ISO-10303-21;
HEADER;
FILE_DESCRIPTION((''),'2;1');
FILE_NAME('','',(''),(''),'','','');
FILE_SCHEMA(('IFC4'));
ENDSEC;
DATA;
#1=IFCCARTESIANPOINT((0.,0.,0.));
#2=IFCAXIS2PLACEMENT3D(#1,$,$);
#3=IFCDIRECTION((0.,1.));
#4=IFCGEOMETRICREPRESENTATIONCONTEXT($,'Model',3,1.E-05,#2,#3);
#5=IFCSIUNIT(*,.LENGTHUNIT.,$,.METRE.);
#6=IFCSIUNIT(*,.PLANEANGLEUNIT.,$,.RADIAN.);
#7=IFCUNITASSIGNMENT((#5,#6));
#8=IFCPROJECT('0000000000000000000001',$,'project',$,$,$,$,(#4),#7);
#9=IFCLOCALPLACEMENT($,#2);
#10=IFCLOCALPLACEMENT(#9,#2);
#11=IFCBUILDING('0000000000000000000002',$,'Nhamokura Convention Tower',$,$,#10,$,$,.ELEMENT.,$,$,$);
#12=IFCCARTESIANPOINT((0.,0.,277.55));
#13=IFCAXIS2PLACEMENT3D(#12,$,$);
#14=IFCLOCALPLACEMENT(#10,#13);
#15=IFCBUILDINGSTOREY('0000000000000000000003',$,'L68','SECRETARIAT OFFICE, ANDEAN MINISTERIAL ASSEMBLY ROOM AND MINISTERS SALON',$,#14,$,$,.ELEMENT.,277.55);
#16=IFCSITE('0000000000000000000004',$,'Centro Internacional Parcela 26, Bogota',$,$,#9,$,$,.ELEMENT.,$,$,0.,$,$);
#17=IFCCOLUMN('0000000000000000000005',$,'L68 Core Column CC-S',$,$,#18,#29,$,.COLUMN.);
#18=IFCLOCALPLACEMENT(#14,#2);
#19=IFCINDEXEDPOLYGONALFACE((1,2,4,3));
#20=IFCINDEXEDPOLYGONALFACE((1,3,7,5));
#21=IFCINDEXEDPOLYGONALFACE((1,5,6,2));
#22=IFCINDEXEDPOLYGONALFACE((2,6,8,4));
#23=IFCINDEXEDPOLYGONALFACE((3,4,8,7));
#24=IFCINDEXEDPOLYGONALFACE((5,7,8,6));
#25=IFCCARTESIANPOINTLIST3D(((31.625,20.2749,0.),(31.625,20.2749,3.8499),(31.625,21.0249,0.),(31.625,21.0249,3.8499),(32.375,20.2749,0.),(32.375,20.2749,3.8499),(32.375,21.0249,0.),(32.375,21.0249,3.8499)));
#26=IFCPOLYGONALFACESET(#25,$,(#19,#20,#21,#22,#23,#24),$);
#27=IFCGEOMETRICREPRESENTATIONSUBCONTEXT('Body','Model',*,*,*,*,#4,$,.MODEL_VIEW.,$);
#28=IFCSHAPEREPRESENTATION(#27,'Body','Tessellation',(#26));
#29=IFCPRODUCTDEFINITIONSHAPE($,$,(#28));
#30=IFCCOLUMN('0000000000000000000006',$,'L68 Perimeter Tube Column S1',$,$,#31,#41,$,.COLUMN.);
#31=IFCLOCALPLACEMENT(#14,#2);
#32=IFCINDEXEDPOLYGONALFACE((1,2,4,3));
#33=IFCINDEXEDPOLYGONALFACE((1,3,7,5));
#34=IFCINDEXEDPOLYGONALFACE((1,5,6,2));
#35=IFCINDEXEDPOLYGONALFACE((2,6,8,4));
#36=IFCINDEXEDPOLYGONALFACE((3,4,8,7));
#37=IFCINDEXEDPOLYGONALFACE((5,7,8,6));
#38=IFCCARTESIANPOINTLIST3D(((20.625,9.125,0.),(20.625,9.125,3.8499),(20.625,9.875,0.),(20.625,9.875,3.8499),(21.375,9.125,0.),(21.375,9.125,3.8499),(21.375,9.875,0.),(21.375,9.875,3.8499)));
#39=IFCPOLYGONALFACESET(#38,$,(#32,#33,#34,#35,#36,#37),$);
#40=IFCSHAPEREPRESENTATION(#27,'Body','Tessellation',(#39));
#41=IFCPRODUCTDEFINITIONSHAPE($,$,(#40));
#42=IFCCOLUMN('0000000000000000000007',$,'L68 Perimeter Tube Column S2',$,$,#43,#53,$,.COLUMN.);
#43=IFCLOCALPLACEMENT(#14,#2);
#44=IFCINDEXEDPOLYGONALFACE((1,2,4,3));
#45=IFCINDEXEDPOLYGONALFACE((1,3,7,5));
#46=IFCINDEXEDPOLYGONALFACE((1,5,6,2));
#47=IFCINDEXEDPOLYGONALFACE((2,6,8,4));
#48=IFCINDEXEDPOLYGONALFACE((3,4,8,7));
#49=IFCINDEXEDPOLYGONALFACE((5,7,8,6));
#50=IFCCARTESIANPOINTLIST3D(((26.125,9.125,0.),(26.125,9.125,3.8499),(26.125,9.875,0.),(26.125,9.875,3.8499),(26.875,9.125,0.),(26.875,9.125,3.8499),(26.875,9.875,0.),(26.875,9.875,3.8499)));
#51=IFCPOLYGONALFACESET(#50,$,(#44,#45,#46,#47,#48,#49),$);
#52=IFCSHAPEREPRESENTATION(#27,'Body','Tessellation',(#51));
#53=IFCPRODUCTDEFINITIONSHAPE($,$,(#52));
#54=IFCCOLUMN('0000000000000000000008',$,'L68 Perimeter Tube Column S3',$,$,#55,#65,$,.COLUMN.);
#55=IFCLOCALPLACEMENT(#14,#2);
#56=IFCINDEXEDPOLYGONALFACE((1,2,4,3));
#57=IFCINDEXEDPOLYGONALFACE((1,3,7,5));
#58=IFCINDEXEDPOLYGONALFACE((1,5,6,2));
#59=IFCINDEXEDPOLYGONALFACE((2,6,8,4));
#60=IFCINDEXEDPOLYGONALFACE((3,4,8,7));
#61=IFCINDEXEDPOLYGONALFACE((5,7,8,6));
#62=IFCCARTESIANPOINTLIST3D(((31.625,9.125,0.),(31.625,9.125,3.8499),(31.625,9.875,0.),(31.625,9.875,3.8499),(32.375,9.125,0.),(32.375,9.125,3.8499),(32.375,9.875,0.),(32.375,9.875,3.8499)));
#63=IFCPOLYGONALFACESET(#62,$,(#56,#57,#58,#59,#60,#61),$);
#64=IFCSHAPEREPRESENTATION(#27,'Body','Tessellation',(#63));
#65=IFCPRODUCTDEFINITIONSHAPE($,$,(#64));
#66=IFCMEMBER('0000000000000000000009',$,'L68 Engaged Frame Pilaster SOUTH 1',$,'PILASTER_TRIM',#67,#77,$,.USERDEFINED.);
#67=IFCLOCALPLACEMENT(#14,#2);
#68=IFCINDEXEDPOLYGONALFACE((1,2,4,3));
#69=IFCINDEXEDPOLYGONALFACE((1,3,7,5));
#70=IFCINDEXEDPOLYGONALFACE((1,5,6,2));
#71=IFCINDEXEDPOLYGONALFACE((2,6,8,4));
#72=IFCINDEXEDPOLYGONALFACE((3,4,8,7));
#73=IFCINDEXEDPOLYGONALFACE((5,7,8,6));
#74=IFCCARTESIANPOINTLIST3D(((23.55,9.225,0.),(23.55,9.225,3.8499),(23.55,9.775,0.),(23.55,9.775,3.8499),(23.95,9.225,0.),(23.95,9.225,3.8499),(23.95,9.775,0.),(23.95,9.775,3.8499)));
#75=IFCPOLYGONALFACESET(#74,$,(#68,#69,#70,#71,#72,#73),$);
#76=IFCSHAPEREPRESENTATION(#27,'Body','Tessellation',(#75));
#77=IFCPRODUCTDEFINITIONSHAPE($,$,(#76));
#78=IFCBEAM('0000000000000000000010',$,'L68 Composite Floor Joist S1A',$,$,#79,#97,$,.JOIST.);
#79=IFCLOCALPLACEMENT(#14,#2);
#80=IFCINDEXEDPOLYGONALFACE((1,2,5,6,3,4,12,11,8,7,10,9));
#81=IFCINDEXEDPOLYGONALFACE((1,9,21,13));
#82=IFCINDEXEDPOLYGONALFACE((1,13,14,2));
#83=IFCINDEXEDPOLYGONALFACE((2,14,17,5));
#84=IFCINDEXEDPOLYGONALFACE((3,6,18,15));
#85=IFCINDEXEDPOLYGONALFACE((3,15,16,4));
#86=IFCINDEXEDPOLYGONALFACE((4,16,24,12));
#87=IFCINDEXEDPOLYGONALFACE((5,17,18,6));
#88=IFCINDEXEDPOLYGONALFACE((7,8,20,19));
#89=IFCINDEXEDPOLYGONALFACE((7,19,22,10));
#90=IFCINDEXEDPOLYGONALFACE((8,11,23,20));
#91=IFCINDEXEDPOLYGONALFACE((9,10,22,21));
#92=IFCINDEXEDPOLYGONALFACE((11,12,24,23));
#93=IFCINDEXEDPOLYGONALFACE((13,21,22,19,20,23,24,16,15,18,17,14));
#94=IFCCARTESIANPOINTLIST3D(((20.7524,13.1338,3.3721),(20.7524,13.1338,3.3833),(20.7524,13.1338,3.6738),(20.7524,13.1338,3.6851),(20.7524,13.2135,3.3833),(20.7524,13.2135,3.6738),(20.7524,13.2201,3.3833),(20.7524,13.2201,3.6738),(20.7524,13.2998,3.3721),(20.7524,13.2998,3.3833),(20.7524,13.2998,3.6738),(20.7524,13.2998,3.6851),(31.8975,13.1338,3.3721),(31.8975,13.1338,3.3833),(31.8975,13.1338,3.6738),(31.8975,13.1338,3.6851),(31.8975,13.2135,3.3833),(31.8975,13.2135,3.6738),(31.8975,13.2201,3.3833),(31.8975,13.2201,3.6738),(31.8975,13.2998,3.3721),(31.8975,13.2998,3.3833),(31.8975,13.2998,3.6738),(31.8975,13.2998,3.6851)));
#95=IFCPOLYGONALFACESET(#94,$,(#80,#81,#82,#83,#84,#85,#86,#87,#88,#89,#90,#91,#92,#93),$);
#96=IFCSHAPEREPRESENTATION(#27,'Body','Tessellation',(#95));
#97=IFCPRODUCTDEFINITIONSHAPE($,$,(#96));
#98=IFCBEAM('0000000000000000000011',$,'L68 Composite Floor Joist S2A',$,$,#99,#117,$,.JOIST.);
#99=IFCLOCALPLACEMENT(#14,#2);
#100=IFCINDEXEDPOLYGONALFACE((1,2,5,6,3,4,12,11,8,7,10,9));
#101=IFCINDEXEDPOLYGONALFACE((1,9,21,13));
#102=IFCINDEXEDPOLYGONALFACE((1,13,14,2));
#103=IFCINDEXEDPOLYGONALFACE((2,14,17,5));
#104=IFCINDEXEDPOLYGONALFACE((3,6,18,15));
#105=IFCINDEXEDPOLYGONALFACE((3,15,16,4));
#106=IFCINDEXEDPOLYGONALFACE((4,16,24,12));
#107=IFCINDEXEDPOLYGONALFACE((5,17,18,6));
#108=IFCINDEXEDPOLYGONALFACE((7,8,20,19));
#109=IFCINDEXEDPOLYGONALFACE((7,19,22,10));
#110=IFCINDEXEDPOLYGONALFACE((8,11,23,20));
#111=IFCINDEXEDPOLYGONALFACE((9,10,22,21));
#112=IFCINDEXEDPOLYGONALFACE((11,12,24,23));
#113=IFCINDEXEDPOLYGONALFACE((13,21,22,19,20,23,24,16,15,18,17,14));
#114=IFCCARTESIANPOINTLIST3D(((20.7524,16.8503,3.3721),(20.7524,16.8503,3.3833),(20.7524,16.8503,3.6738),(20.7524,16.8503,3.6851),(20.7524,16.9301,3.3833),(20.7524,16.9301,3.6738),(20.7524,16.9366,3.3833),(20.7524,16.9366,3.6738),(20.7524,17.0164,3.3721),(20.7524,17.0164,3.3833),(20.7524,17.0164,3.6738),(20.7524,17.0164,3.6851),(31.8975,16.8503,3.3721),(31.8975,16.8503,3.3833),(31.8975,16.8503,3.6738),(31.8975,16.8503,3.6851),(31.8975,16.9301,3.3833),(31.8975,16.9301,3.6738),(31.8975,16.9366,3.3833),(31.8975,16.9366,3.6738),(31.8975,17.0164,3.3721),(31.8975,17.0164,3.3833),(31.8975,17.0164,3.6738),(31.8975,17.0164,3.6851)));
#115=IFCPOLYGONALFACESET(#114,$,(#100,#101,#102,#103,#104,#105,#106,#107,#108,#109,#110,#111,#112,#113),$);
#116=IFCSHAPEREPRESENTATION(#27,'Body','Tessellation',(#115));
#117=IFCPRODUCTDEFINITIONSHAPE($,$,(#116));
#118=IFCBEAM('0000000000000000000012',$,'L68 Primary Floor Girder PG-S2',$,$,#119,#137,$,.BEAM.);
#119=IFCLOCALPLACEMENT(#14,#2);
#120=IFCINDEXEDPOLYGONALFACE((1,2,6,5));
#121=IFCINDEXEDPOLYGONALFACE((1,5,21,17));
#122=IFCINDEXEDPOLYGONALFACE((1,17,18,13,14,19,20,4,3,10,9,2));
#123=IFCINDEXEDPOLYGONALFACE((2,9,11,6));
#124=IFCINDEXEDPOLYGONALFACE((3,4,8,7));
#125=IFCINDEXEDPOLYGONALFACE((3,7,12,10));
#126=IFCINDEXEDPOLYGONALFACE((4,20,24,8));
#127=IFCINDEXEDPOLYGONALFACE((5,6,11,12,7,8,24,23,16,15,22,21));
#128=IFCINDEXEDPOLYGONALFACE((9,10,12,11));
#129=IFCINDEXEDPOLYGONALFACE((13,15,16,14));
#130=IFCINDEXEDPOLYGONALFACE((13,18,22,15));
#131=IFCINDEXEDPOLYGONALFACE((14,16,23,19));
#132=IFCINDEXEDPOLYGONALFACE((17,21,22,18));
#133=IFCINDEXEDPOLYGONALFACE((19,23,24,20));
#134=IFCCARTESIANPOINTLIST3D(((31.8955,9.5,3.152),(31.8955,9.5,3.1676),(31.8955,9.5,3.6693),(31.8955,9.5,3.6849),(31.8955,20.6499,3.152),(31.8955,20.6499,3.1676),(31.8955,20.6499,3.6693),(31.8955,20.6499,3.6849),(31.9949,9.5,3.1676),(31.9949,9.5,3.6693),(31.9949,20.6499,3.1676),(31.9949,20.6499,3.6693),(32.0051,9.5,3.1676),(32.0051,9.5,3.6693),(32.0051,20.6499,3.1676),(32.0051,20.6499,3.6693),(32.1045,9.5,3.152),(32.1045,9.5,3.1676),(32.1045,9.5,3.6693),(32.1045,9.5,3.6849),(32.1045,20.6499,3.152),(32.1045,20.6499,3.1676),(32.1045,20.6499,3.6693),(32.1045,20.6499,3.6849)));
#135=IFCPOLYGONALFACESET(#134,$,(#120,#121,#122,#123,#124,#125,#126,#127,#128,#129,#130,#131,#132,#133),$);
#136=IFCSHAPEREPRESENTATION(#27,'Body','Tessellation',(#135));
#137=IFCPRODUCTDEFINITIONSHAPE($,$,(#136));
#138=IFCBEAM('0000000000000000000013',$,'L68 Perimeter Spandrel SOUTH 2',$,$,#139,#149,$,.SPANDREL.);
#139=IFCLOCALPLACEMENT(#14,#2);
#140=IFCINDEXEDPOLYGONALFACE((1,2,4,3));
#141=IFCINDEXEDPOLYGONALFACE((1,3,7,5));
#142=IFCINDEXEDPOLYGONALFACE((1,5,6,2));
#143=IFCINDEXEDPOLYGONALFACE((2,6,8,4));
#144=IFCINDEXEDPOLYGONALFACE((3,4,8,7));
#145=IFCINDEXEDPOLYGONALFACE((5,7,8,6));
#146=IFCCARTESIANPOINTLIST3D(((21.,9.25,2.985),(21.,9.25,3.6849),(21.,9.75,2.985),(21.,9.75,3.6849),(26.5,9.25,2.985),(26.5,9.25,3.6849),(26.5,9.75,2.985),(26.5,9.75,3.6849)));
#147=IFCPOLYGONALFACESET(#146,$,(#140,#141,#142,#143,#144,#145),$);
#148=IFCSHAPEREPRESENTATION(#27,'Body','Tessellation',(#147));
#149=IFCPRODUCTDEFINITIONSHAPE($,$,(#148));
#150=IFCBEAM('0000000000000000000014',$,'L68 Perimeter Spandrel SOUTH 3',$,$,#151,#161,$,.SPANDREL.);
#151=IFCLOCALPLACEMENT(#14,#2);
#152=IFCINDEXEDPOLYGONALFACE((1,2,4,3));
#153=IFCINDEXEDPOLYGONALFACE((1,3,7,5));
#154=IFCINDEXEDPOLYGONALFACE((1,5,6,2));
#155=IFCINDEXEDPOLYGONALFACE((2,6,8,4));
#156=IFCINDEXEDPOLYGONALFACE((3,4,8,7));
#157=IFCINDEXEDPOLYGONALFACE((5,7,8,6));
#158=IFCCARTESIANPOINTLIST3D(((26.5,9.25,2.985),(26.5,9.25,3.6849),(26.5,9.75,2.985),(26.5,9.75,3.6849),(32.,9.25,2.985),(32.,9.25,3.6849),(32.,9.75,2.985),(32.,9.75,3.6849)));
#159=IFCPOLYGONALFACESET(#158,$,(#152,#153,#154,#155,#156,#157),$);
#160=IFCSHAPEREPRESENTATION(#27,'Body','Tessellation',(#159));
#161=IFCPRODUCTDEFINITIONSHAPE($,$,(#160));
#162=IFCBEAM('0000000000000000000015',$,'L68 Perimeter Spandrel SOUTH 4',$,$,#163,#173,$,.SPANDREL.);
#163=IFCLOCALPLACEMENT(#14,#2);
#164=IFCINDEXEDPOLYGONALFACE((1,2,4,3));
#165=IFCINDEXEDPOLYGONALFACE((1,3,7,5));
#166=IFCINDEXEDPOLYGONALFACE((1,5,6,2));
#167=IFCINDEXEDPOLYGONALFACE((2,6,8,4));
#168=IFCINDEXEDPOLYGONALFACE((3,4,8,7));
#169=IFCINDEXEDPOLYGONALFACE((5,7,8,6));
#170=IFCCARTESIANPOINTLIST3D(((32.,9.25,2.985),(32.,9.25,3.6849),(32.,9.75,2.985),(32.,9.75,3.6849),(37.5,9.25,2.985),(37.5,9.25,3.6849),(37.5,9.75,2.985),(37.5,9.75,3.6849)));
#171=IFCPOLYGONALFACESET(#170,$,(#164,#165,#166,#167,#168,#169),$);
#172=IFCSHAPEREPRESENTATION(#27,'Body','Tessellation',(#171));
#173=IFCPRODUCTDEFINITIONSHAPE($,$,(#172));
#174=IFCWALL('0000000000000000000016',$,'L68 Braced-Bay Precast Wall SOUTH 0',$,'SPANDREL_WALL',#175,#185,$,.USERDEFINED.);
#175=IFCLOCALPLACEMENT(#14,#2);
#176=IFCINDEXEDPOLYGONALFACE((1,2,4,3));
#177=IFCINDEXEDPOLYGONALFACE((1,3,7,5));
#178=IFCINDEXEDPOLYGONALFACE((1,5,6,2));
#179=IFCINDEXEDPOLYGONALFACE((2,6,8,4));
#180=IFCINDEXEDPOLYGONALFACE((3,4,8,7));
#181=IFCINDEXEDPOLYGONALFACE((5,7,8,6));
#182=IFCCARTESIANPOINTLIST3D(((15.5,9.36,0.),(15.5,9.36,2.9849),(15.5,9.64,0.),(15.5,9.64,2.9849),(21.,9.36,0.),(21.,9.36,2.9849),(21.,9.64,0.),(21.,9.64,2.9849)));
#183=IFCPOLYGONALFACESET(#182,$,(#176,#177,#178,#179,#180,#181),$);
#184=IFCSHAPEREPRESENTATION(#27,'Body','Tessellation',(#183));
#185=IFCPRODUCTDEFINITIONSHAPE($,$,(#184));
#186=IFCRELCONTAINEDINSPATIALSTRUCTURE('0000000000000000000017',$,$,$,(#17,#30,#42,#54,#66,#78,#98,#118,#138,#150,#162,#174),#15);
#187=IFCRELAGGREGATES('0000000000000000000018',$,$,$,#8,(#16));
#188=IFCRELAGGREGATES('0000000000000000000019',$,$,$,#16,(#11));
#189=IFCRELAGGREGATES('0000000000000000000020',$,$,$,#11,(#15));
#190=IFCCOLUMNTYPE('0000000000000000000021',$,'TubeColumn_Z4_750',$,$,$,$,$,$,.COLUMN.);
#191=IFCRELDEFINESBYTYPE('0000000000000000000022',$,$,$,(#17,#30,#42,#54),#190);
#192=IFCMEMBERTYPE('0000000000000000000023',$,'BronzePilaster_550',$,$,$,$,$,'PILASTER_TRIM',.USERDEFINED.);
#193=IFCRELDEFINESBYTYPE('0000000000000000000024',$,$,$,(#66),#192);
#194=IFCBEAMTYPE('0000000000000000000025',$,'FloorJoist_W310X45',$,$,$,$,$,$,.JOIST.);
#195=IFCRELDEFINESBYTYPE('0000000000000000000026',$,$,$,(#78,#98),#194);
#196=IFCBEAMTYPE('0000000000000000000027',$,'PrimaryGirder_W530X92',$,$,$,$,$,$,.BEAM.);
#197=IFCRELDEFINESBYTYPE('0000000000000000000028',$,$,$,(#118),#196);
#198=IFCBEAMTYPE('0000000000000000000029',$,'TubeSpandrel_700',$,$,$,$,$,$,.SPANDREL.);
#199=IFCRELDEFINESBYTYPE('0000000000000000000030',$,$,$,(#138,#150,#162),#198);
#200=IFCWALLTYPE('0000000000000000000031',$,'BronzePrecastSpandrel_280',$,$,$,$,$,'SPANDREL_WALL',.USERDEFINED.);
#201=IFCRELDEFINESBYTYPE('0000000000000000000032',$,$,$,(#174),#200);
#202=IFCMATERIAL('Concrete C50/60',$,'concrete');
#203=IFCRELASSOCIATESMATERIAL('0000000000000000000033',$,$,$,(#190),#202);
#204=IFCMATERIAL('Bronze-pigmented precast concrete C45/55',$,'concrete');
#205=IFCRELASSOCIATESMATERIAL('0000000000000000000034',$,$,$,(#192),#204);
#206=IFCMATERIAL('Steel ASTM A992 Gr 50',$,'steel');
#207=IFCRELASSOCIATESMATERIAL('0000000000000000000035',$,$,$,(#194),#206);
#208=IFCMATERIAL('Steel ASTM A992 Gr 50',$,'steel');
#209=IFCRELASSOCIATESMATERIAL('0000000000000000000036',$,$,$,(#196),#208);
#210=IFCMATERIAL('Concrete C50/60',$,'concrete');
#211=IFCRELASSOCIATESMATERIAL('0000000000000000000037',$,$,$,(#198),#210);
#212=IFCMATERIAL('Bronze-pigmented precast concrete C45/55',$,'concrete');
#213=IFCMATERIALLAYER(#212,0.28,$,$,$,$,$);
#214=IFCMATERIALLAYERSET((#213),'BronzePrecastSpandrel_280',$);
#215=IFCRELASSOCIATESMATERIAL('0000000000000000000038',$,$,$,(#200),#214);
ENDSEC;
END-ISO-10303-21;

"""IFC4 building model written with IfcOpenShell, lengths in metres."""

from ifc_helpers import new_model, si_unit, direction, frame, frame_2d, origin, origin_2d, place, context, subcontext, project, spatial, rectangle, i_section, extrude, material, layer, layer_set, material_profile, profile_set, type_object, element, save


model = new_model("IFC4")

# Units and contexts
model_context = context("Model", 3, precision=1e-05, world=origin(), true_north=direction((0.0, 1.0)))
body_context = subcontext(model_context, "Body", "Model", "MODEL_VIEW")
ifc_project = project(units=[si_unit("LENGTHUNIT", "METRE"), si_unit("PLANEANGLEUNIT", "RADIAN")], contexts=[model_context])

# Site, building, storey
site_placement = place(None, origin())
site = spatial("IfcSite", under=ifc_project, at=site_placement, Name="Centro Internacional Parcela 26, Bogota", CompositionType="ELEMENT", RefElevation=0.0)
building_placement = place(site_placement, origin())
building = spatial("IfcBuilding", under=site, at=building_placement, Name="Nhamokura Convention Tower", CompositionType="ELEMENT")
storey_placement = place(building_placement, frame((0.0, 0.0, 277.55)))
storey = spatial("IfcBuildingStorey", under=building, at=storey_placement, Name="L68", Description="SECRETARIAT OFFICE, ANDEAN MINISTERIAL ASSEMBLY ROOM AND MINISTERS SALON", CompositionType="ELEMENT", Elevation=277.55)

# Columns
ifc_material_1 = material(Name="Concrete C50/60", Category="concrete")
ifc_material_profile_1 = material_profile(ifc_material_1, rectangle(XDim=0.75, YDim=0.75, at=origin_2d()))
ifc_profile_set_1 = profile_set([ifc_material_profile_1], Name="Concrete C50/60")
column_type = type_object("IfcColumnType", Name="TubeColumn_Z4_750", PredefinedType="COLUMN", material=ifc_profile_set_1)
for number, where, z_axis, x_axis, name in (
    (1, (32.0, 20.6499, 0.0), (0.0, 0.0, 1.0), (1.0, 0.0, 0.0), "L68 Core Column CC-S"),
    (2, (21.0, 9.5, 0.0), (0.0, 0.0, 1.0), (1.0, 0.0, 0.0), "L68 Perimeter Tube Column S1"),
    (3, (26.5, 9.5, 0.0), (0.0, 0.0, 1.0), (1.0, 0.0, 0.0), "L68 Perimeter Tube Column S2"),
    (4, (32.0, 9.5, 0.0), (0.0, 0.0, 1.0), (1.0, 0.0, 0.0), "L68 Perimeter Tube Column S3"),
):
    element("IfcColumn", number, at=place(storey_placement, frame(where, z_axis=z_axis, x_axis=x_axis)), inside=storey, type_object=column_type, Name=name, PredefinedType="COLUMN", context=body_context, shape_type="SweptSolid", body=[
        extrude(rectangle(XDim=0.75, YDim=0.75, at=origin_2d()), origin(), (0.0, 0.0, 1.0), 3.8499),
    ])

# Member
ifc_material_2 = material(Name="Bronze-pigmented precast concrete C45/55", Category="concrete")
ifc_material_profile_2 = material_profile(ifc_material_2, rectangle(XDim=0.3999, YDim=0.55, at=origin_2d()))
ifc_profile_set_2 = profile_set([ifc_material_profile_2], Name="Bronze-pigmented precast concrete C45/55")
member_type = type_object("IfcMemberType", Name="BronzePilaster_550", ElementType="PILASTER_TRIM", PredefinedType="USERDEFINED", material=ifc_profile_set_2)
member_placement = place(storey_placement, frame((23.75, 9.5, 0.0), z_axis=(0.0, 0.0, 1.0), x_axis=(1.0, 0.0, 0.0)))
element("IfcMember", 5, at=member_placement, inside=storey, type_object=member_type, Name="L68 Engaged Frame Pilaster SOUTH 1", ObjectType="PILASTER_TRIM", PredefinedType="USERDEFINED", context=body_context, shape_type="SweptSolid", body=[
    extrude(rectangle(XDim=0.3999, YDim=0.55, at=origin_2d()), origin(), (0.0, 0.0, 1.0), 3.8499),
])

# Beams
ifc_material_3 = material(Name="Steel ASTM A992 Gr 50", Category="steel")
ifc_material_profile_3 = material_profile(ifc_material_3, i_section(OverallWidth=0.166, OverallDepth=0.313, WebThickness=0.0066, FlangeThickness=0.0112, at=origin_2d()))
ifc_profile_set_3 = profile_set([ifc_material_profile_3], Name="Steel ASTM A992 Gr 50")
beam_type_1 = type_object("IfcBeamType", Name="FloorJoist_W310X45", PredefinedType="JOIST", material=ifc_profile_set_3)
for number, where, z_axis, x_axis, name in (
    (6, (20.7524, 13.2168, 3.5286), (1.0, 0.0, 0.0), (0.0, 1.0, 0.0), "L68 Composite Floor Joist S1A"),
    (7, (20.7524, 16.9333, 3.5286), (1.0, 0.0, 0.0), (0.0, 1.0, 0.0), "L68 Composite Floor Joist S2A"),
):
    element("IfcBeam", number, at=place(storey_placement, frame(where, z_axis=z_axis, x_axis=x_axis)), inside=storey, type_object=beam_type_1, Name=name, PredefinedType="JOIST", context=body_context, shape_type="SweptSolid", body=[
        extrude(i_section(OverallWidth=0.166, OverallDepth=0.313, WebThickness=0.0066, FlangeThickness=0.0112, at=origin_2d()), origin(), (0.0, 0.0, 1.0), 11.145),
    ])
ifc_material_4 = material(Name="Steel ASTM A992 Gr 50", Category="steel")
ifc_material_profile_4 = material_profile(ifc_material_4, i_section(OverallWidth=0.209, OverallDepth=0.533, WebThickness=0.0103, FlangeThickness=0.0156, at=origin_2d()))
ifc_profile_set_4 = profile_set([ifc_material_profile_4], Name="Steel ASTM A992 Gr 50")
beam_type_2 = type_object("IfcBeamType", Name="PrimaryGirder_W530X92", PredefinedType="BEAM", material=ifc_profile_set_4)
beam_placement = place(storey_placement, frame((32.0, 9.5, 3.4185), z_axis=(0.0, 1.0, 0.0), x_axis=(-1.0, 0.0, 0.0)))
element("IfcBeam", 8, at=beam_placement, inside=storey, type_object=beam_type_2, Name="L68 Primary Floor Girder PG-S2", PredefinedType="BEAM", context=body_context, shape_type="SweptSolid", body=[
    extrude(i_section(OverallWidth=0.209, OverallDepth=0.533, WebThickness=0.0103, FlangeThickness=0.0156, at=origin_2d()), origin(), (0.0, 0.0, 1.0), 11.1499),
])
ifc_material_5 = material(Name="Concrete C50/60", Category="concrete")
ifc_material_profile_5 = material_profile(ifc_material_5, rectangle(XDim=0.5, YDim=0.7, at=origin_2d()))
ifc_profile_set_5 = profile_set([ifc_material_profile_5], Name="Concrete C50/60")
beam_type_3 = type_object("IfcBeamType", Name="TubeSpandrel_700", PredefinedType="SPANDREL", material=ifc_profile_set_5)
for number, where, z_axis, x_axis, name in (
    (9, (21.0, 9.5, 3.335), (1.0, 0.0, 0.0), (0.0, 1.0, 0.0), "L68 Perimeter Spandrel SOUTH 2"),
    (10, (26.5, 9.5, 3.335), (1.0, 0.0, 0.0), (0.0, 1.0, 0.0), "L68 Perimeter Spandrel SOUTH 3"),
    (11, (32.0, 9.5, 3.335), (1.0, 0.0, 0.0), (0.0, 1.0, 0.0), "L68 Perimeter Spandrel SOUTH 4"),
):
    element("IfcBeam", number, at=place(storey_placement, frame(where, z_axis=z_axis, x_axis=x_axis)), inside=storey, type_object=beam_type_3, Name=name, PredefinedType="SPANDREL", context=body_context, shape_type="SweptSolid", body=[
        extrude(rectangle(XDim=0.5, YDim=0.7, at=origin_2d()), origin(), (0.0, 0.0, 1.0), 5.5),
    ])

# Wall
ifc_material_6 = material(Name="Bronze-pigmented precast concrete C45/55", Category="concrete")
ifc_layer_1 = layer(ifc_material_6, 0.28)
ifc_layer_set_1 = layer_set([ifc_layer_1], Name="BronzePrecastSpandrel_280")
wall_type_1 = type_object("IfcWallType", Name="BronzePrecastSpandrel_280", ElementType="SPANDREL_WALL", PredefinedType="USERDEFINED", material=ifc_layer_set_1)
wall_1_placement = place(storey_placement, frame((21.0, 9.5, 0.0), z_axis=(0.0, 0.0, 1.0), x_axis=(-1.0, 0.0, 0.0)))
element("IfcWall", 12, at=wall_1_placement, inside=storey, type_object=wall_type_1, Name="L68 Braced-Bay Precast Wall SOUTH 0", ObjectType="SPANDREL_WALL", PredefinedType="USERDEFINED", context=body_context, shape_type="SweptSolid", body=[
    extrude(rectangle(XDim=5.5, YDim=0.28, at=frame_2d((2.75, 0.0))), origin(), (0.0, 0.0, 1.0), 2.9849),
])

save(model, "model.ifc")
